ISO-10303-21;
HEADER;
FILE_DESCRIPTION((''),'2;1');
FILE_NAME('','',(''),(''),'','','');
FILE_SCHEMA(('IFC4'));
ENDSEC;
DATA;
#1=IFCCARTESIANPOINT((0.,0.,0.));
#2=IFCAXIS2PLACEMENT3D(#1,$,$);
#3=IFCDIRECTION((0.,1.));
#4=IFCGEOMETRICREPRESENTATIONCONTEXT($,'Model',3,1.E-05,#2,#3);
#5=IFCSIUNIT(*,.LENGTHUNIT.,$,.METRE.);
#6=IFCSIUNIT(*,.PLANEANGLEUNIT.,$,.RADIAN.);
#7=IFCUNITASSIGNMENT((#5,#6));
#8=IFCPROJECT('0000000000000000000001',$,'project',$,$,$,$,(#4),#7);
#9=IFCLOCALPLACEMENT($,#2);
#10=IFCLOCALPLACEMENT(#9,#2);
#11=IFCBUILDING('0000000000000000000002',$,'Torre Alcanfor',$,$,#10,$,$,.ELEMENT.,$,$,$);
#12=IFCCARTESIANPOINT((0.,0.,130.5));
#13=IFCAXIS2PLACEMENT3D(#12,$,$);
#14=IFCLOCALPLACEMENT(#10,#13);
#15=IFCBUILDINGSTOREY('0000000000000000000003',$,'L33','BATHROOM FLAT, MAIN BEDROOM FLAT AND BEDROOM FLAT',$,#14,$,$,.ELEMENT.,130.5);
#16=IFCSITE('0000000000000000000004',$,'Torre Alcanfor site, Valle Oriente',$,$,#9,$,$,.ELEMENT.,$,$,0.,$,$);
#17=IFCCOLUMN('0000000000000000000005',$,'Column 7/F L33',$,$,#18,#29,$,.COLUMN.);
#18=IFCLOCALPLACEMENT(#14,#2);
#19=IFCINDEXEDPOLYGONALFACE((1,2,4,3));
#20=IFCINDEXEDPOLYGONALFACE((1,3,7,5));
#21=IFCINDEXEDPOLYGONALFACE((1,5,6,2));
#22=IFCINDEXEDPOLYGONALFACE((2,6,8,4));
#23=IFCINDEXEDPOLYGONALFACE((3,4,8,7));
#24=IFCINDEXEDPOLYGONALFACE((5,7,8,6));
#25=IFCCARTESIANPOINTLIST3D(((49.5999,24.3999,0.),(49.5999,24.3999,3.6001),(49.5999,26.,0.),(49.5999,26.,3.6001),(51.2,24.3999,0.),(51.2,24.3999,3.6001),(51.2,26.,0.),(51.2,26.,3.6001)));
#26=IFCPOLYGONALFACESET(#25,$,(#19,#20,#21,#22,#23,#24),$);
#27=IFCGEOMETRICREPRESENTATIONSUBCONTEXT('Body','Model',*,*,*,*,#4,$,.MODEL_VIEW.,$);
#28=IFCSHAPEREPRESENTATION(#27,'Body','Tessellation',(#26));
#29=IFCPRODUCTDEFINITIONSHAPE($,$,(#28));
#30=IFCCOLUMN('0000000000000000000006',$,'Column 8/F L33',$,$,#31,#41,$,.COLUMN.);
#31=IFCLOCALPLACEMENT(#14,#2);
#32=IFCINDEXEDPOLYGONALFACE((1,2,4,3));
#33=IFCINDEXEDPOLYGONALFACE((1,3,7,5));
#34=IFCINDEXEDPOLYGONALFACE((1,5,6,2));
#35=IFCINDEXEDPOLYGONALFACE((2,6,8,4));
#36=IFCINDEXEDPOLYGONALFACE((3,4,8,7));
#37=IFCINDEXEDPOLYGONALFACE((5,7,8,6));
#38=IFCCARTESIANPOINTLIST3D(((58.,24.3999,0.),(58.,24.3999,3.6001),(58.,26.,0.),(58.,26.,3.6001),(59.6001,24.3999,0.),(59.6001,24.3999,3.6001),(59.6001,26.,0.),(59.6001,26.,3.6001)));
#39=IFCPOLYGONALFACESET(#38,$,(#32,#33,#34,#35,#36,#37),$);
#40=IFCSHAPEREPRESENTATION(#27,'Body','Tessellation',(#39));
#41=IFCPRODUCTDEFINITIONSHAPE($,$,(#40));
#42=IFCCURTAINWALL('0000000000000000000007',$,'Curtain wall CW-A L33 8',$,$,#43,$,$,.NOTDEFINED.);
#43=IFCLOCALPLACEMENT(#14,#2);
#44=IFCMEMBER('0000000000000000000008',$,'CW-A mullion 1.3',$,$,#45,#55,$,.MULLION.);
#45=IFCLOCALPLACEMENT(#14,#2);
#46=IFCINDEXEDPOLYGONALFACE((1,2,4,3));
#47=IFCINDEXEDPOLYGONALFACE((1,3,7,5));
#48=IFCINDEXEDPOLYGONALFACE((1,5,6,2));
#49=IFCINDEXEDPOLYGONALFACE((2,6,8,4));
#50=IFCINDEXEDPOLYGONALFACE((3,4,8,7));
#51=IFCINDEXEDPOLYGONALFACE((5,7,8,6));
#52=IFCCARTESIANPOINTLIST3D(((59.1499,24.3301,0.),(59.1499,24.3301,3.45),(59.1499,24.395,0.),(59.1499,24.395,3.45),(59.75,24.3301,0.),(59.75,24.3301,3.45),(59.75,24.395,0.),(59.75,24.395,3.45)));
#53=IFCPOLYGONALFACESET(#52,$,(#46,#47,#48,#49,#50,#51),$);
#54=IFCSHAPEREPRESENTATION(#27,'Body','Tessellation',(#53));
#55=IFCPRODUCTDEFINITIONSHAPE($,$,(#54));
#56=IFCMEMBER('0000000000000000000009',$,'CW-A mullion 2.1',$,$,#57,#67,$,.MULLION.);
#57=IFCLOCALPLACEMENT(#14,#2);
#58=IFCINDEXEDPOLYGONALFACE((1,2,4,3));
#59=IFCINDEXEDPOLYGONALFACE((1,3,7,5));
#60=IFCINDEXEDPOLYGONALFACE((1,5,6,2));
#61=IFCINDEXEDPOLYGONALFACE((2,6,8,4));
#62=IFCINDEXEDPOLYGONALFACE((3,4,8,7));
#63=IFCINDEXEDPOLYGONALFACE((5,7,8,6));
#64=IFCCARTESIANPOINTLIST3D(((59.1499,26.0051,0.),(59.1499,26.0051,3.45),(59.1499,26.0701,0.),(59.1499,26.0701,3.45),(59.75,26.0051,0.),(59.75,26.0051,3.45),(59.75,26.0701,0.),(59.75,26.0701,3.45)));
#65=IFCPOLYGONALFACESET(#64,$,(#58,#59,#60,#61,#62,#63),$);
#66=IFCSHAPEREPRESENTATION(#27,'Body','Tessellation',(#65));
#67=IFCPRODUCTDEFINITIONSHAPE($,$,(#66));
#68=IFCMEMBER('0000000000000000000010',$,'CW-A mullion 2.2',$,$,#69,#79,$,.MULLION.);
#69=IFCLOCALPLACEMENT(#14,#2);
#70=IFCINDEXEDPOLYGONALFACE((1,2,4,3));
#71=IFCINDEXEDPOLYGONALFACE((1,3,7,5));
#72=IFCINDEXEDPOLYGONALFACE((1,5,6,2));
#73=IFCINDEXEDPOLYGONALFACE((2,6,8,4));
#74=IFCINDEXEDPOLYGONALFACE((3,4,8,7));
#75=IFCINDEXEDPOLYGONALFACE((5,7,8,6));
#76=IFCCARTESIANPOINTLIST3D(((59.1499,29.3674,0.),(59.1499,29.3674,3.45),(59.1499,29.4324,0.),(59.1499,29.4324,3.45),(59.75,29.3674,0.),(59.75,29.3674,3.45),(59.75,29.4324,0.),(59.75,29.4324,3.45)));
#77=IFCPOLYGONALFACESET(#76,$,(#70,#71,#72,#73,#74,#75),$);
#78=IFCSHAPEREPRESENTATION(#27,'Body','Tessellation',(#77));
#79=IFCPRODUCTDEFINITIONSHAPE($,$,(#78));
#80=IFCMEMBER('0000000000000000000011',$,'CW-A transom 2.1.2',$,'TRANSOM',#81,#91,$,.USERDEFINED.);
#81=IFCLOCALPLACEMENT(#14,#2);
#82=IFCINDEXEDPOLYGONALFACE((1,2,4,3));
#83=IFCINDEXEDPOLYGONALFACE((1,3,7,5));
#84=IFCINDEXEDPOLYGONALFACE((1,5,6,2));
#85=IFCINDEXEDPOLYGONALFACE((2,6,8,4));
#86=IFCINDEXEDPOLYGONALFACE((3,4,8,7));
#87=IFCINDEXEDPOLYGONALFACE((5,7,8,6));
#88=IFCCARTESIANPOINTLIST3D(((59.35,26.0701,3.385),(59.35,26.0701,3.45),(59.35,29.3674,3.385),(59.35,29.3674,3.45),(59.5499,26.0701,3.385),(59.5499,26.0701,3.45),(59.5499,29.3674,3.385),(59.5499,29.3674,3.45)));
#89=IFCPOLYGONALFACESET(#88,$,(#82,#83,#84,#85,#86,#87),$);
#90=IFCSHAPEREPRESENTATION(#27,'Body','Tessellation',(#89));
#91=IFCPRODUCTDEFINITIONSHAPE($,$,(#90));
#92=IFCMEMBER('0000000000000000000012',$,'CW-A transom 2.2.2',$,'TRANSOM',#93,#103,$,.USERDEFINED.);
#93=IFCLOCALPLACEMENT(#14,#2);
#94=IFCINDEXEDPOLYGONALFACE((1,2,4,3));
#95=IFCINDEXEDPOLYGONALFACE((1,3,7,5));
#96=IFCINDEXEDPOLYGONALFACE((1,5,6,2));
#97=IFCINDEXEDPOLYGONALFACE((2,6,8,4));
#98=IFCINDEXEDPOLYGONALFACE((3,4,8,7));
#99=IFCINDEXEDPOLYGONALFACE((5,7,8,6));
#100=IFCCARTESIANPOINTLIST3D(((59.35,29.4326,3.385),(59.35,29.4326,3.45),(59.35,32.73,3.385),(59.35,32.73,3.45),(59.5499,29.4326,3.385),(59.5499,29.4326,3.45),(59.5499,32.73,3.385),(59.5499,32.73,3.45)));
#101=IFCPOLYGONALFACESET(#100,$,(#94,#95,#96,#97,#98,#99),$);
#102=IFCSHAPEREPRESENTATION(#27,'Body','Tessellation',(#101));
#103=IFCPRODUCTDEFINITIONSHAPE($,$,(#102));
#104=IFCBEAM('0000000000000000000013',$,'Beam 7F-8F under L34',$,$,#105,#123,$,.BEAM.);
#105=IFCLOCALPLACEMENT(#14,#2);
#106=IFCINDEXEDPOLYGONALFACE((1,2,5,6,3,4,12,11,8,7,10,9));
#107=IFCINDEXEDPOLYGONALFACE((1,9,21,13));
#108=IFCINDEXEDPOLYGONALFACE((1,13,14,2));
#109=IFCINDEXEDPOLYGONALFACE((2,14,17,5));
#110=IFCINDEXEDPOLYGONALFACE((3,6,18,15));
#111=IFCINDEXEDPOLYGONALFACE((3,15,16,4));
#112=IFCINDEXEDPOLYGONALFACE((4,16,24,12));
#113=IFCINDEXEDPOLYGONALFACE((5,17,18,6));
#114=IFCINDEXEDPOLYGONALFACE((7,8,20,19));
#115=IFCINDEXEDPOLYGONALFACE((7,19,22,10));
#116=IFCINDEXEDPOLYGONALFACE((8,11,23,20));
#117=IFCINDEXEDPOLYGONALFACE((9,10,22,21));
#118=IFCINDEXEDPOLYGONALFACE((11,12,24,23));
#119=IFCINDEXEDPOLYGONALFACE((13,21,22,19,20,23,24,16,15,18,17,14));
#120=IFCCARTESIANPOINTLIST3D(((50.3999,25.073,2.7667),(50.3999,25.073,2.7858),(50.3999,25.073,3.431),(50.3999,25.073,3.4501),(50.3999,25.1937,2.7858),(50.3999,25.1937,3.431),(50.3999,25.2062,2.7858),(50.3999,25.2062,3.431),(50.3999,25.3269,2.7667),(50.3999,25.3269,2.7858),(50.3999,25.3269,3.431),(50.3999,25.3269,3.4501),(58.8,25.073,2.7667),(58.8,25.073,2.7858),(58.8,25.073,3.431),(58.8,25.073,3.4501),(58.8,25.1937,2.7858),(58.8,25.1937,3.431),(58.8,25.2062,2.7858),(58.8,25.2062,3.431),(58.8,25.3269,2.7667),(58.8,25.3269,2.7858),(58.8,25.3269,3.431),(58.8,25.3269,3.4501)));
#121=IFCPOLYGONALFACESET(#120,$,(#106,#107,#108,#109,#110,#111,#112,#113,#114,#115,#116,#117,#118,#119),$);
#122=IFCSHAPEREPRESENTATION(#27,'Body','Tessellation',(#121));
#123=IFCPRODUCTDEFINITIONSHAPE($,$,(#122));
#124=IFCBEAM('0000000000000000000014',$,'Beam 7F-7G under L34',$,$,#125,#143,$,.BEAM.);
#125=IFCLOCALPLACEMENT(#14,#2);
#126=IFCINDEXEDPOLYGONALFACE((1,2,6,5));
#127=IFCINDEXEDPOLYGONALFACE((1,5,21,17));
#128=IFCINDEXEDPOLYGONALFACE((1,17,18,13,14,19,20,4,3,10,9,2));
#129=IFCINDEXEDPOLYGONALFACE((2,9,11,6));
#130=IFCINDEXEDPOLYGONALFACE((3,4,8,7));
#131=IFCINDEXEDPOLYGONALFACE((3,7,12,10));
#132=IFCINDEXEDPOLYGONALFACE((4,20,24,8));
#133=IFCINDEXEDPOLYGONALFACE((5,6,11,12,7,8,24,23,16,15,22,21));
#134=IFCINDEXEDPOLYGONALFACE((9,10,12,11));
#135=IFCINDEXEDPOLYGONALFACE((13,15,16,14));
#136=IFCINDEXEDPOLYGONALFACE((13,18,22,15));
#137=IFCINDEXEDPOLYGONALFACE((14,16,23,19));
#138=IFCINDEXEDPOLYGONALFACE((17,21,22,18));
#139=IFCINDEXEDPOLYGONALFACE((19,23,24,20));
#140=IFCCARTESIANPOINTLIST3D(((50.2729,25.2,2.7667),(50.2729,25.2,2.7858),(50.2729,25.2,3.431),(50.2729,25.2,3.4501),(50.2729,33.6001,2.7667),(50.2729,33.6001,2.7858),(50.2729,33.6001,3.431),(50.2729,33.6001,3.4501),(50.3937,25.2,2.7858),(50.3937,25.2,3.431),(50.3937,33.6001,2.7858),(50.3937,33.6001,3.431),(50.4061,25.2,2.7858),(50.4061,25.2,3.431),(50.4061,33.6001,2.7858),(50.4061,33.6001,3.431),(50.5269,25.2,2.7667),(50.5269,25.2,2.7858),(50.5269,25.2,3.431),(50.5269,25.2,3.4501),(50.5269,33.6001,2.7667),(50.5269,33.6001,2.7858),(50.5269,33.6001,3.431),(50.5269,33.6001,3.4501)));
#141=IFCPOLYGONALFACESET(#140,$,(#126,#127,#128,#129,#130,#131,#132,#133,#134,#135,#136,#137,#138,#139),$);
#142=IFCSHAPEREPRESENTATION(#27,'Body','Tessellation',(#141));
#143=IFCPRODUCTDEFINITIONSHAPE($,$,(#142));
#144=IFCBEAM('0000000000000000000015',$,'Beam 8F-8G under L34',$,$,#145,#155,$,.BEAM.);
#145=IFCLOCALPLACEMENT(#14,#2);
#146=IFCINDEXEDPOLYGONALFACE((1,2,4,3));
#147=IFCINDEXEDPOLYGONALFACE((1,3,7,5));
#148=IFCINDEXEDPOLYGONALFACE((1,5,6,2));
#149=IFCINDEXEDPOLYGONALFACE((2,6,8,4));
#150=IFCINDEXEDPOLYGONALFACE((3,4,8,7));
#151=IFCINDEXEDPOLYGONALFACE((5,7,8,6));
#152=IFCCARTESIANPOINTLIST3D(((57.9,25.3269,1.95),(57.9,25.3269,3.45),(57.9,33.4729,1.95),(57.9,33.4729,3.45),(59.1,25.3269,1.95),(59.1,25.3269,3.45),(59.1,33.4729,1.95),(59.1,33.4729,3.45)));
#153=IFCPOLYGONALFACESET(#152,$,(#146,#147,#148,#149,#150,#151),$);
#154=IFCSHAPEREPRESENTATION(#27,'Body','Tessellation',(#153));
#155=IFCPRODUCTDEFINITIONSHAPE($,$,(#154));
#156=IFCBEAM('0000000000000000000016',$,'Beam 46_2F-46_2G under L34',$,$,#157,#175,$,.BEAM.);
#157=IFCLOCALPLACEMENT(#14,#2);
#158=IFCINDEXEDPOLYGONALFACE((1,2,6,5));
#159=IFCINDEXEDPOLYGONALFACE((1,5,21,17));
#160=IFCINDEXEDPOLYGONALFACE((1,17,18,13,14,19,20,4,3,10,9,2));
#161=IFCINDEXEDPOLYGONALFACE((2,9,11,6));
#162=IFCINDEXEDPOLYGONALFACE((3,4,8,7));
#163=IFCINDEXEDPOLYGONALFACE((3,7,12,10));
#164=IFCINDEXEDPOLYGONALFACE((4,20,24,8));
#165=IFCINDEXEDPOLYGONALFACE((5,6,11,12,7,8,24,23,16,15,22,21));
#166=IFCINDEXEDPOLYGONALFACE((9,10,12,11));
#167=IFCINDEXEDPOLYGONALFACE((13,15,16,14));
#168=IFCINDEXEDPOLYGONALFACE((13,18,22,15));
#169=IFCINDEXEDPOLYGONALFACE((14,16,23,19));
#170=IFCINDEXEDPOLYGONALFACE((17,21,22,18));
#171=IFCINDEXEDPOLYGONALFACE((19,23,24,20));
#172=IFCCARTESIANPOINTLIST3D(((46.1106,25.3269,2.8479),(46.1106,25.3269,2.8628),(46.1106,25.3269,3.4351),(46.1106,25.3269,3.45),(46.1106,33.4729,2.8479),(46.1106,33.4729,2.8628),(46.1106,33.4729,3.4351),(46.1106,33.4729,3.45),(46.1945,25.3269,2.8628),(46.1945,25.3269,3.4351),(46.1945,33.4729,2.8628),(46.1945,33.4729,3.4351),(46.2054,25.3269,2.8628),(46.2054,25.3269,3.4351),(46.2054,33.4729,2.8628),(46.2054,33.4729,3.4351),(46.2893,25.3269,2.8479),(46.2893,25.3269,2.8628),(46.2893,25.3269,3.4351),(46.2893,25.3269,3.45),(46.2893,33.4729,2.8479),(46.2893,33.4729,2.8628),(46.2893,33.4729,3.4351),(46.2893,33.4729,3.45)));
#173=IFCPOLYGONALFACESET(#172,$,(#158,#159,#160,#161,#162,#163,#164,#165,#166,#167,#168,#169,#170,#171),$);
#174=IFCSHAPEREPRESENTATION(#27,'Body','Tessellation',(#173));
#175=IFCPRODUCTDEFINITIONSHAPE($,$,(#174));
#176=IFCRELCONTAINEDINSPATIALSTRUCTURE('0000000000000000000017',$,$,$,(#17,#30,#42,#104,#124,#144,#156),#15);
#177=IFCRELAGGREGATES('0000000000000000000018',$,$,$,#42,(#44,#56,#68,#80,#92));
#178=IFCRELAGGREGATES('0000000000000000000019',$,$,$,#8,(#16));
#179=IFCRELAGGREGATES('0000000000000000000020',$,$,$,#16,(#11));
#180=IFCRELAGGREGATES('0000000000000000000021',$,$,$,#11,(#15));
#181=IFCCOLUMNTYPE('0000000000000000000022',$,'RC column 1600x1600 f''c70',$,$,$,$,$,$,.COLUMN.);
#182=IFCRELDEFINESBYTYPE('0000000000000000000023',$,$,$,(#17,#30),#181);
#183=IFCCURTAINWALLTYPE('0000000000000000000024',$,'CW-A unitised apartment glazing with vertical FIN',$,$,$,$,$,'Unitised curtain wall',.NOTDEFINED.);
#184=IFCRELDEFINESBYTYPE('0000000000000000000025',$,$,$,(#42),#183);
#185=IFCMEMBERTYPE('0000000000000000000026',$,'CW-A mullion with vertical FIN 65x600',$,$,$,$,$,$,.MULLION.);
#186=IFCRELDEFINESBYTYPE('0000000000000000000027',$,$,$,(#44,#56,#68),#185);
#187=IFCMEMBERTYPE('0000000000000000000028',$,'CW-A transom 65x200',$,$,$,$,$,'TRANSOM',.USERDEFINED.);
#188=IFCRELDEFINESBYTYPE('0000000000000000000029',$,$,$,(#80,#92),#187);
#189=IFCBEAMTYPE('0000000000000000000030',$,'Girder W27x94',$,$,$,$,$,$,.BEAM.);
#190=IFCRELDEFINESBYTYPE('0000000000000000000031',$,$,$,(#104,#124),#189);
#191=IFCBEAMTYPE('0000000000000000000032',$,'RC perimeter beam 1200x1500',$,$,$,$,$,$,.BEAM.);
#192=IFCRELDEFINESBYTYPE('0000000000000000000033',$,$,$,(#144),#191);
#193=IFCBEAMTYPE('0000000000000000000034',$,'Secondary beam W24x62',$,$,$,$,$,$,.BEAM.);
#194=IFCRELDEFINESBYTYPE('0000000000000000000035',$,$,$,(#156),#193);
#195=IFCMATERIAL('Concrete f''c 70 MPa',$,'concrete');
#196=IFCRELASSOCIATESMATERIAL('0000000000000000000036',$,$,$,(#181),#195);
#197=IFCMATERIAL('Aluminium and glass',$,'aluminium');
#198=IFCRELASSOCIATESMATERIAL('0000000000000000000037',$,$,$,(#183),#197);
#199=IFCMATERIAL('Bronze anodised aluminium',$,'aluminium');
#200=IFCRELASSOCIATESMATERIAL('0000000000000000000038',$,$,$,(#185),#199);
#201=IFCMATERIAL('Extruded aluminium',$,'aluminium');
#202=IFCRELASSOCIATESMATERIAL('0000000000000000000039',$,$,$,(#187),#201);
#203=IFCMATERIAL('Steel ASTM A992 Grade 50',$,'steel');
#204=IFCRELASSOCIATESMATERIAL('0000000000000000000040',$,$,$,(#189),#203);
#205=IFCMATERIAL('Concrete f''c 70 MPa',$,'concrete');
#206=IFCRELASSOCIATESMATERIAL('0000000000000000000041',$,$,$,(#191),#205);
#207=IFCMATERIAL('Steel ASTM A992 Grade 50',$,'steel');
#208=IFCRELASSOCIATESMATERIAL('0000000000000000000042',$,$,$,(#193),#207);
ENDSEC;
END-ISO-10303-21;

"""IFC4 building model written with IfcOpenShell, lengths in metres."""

from ifc_helpers import new_model, si_unit, direction, frame, origin, origin_2d, place, context, subcontext, project, spatial, rectangle, i_section, extrude, material, material_profile, profile_set, type_object, element, aggregate, save


model = new_model("IFC4")

# Units and contexts
model_context = context("Model", 3, precision=1e-05, world=origin(), true_north=direction((0.0, 1.0)))
body_context = subcontext(model_context, "Body", "Model", "MODEL_VIEW")
ifc_project = project(units=[si_unit("LENGTHUNIT", "METRE"), si_unit("PLANEANGLEUNIT", "RADIAN")], contexts=[model_context])

# Site, building, storey
site_placement = place(None, origin())
site = spatial("IfcSite", under=ifc_project, at=site_placement, Name="Torre Alcanfor site, Valle Oriente", CompositionType="ELEMENT", RefElevation=0.0)
building_placement = place(site_placement, origin())
building = spatial("IfcBuilding", under=site, at=building_placement, Name="Torre Alcanfor", CompositionType="ELEMENT")
storey_placement = place(building_placement, frame((0.0, 0.0, 130.5)))
storey = spatial("IfcBuildingStorey", under=building, at=storey_placement, Name="L33", Description="BATHROOM FLAT, MAIN BEDROOM FLAT AND BEDROOM FLAT", CompositionType="ELEMENT", Elevation=130.5)

# Columns
ifc_material_1 = material(Name="Concrete f'c 70 MPa", Category="concrete")
ifc_material_profile_1 = material_profile(ifc_material_1, rectangle(XDim=1.6001, YDim=1.6001, at=origin_2d()), Name="1600x1600")
ifc_profile_set_1 = profile_set([ifc_material_profile_1], Name="Concrete f'c 70 MPa")
column_type = type_object("IfcColumnType", Name="RC column 1600x1600 f'c70", PredefinedType="COLUMN", material=ifc_profile_set_1)
for number, where, z_axis, x_axis, name in (
    (1, (50.3999, 25.2, 0.0), (0.0, 0.0, 1.0), (1.0, 0.0, 0.0), "Column 7/F L33"),
    (2, (58.8, 25.2, 0.0), (0.0, 0.0, 1.0), (1.0, 0.0, 0.0), "Column 8/F L33"),
):
    element("IfcColumn", number, at=place(storey_placement, frame(where, z_axis=z_axis, x_axis=x_axis)), inside=storey, type_object=column_type, Name=name, PredefinedType="COLUMN", context=body_context, shape_type="SweptSolid", body=[
        extrude(rectangle(XDim=1.6001, YDim=1.6001, at=origin_2d()), origin(), (0.0, 0.0, 1.0), 3.6001),
    ])

# Curtain wall, members
ifc_material_2 = material(Name="Aluminium and glass", Category="aluminium")
curtain_wall_type = type_object("IfcCurtainWallType", Name="CW-A unitised apartment glazing with vertical FIN", ElementType="Unitised curtain wall", PredefinedType="NOTDEFINED", material=ifc_material_2)
curtain_wall_placement = place(storey_placement, origin())
curtain_wall = element("IfcCurtainWall", 3, at=curtain_wall_placement, inside=storey, type_object=curtain_wall_type, Name="Curtain wall CW-A L33 8", PredefinedType="NOTDEFINED")
ifc_material_3 = material(Name="Bronze anodised aluminium", Category="aluminium")
ifc_material_profile_2 = material_profile(ifc_material_3, rectangle(XDim=0.6001, YDim=0.0649, at=origin_2d()), Name="CW-A mullion 65x600")
ifc_profile_set_2 = profile_set([ifc_material_profile_2], Name="Bronze anodised aluminium")
member_type_1 = type_object("IfcMemberType", Name="CW-A mullion with vertical FIN 65x600", PredefinedType="MULLION", material=ifc_profile_set_2)
member_1_placement = place(storey_placement, frame((59.45, 24.3625, 0.0), z_axis=(0.0, 0.0, 1.0), x_axis=(-1.0, 0.0, 0.0)))
member_1 = element("IfcMember", 4, at=member_1_placement, type_object=member_type_1, Name="CW-A mullion 1.3", PredefinedType="MULLION", context=body_context, shape_type="SweptSolid", body=[
    extrude(rectangle(XDim=0.6001, YDim=0.0649, at=origin_2d()), origin(), (0.0, 0.0, 1.0), 3.45),
])
member_2_placement = place(storey_placement, frame((59.45, 26.0376, 0.0), z_axis=(0.0, 0.0, 1.0), x_axis=(-1.0, 0.0, 0.0)))
member_2 = element("IfcMember", 5, at=member_2_placement, type_object=member_type_1, Name="CW-A mullion 2.1", PredefinedType="MULLION", context=body_context, shape_type="SweptSolid", body=[
    extrude(rectangle(XDim=0.6001, YDim=0.0649, at=origin_2d()), origin(), (0.0, 0.0, 1.0), 3.45),
])
member_3_placement = place(storey_placement, frame((59.45, 29.3999, 0.0), z_axis=(0.0, 0.0, 1.0), x_axis=(-1.0, 0.0, 0.0)))
member_3 = element("IfcMember", 6, at=member_3_placement, type_object=member_type_1, Name="CW-A mullion 2.2", PredefinedType="MULLION", context=body_context, shape_type="SweptSolid", body=[
    extrude(rectangle(XDim=0.6001, YDim=0.0649, at=origin_2d()), origin(), (0.0, 0.0, 1.0), 3.45),
])
ifc_material_4 = material(Name="Extruded aluminium", Category="aluminium")
ifc_material_profile_3 = material_profile(ifc_material_4, rectangle(XDim=0.2, YDim=0.0649, at=origin_2d()), Name="CW-A transom 200x65")
ifc_profile_set_3 = profile_set([ifc_material_profile_3], Name="Extruded aluminium")
member_type_2 = type_object("IfcMemberType", Name="CW-A transom 65x200", ElementType="TRANSOM", PredefinedType="USERDEFINED", material=ifc_profile_set_3)
member_4_placement = place(storey_placement, frame((59.45, 26.0701, 3.4175), z_axis=(0.0, 1.0, 0.0), x_axis=(-1.0, 0.0, 0.0)))
member_4 = element("IfcMember", 7, at=member_4_placement, type_object=member_type_2, Name="CW-A transom 2.1.2", ObjectType="TRANSOM", PredefinedType="USERDEFINED", context=body_context, shape_type="SweptSolid", body=[
    extrude(rectangle(XDim=0.2, YDim=0.0649, at=origin_2d()), origin(), (0.0, 0.0, 1.0), 3.2974),
])
member_5_placement = place(storey_placement, frame((59.45, 29.4326, 3.4175), z_axis=(0.0, 1.0, 0.0), x_axis=(-1.0, 0.0, 0.0)))
member_5 = element("IfcMember", 8, at=member_5_placement, type_object=member_type_2, Name="CW-A transom 2.2.2", ObjectType="TRANSOM", PredefinedType="USERDEFINED", context=body_context, shape_type="SweptSolid", body=[
    extrude(rectangle(XDim=0.2, YDim=0.0649, at=origin_2d()), origin(), (0.0, 0.0, 1.0), 3.2974),
])

# Beams
ifc_material_5 = material(Name="Steel ASTM A992 Grade 50", Category="steel")
ifc_material_profile_4 = material_profile(ifc_material_5, i_section(OverallWidth=0.2539, OverallDepth=0.6833, WebThickness=0.0125, FlangeThickness=0.019, at=origin_2d()), Name="W27x94")
ifc_profile_set_4 = profile_set([ifc_material_profile_4], Name="Steel ASTM A992 Grade 50")
beam_type_1 = type_object("IfcBeamType", Name="Girder W27x94", PredefinedType="BEAM", material=ifc_profile_set_4)
for number, where, z_axis, x_axis, name in (
    (9, (50.3999, 25.2, 3.1084), (1.0, 0.0, 0.0), (0.0, 1.0, 0.0), "Beam 7F-8F under L34"),
    (10, (50.3999, 25.2, 3.1084), (0.0, 1.0, 0.0), (-1.0, 0.0, 0.0), "Beam 7F-7G under L34"),
):
    element("IfcBeam", number, at=place(storey_placement, frame(where, z_axis=z_axis, x_axis=x_axis)), inside=storey, type_object=beam_type_1, Name=name, PredefinedType="BEAM", context=body_context, shape_type="SweptSolid", body=[
        extrude(i_section(OverallWidth=0.2539, OverallDepth=0.6833, WebThickness=0.0125, FlangeThickness=0.019, at=origin_2d()), origin(), (0.0, 0.0, 1.0), 8.4001),
    ])
ifc_material_6 = material(Name="Concrete f'c 70 MPa", Category="concrete")
ifc_material_profile_5 = material_profile(ifc_material_6, rectangle(XDim=1.2, YDim=1.5, at=origin_2d()), Name="1200x1500")
ifc_profile_set_5 = profile_set([ifc_material_profile_5], Name="Concrete f'c 70 MPa")
beam_type_2 = type_object("IfcBeamType", Name="RC perimeter beam 1200x1500", PredefinedType="BEAM", material=ifc_profile_set_5)
beam_placement = place(storey_placement, frame((58.5, 25.3269, 2.7), z_axis=(0.0, 1.0, 0.0), x_axis=(-1.0, 0.0, 0.0)))
element("IfcBeam", 11, at=beam_placement, inside=storey, type_object=beam_type_2, Name="Beam 8F-8G under L34", PredefinedType="BEAM", context=body_context, shape_type="SweptSolid", body=[
    extrude(rectangle(XDim=1.2, YDim=1.5, at=origin_2d()), origin(), (0.0, 0.0, 1.0), 8.146),
])
ifc_material_7 = material(Name="Steel ASTM A992 Grade 50", Category="steel")
ifc_material_profile_6 = material_profile(ifc_material_7, i_section(OverallWidth=0.1787, OverallDepth=0.6021, WebThickness=0.011, FlangeThickness=0.0149, at=origin_2d()), Name="W24x62")
ifc_profile_set_6 = profile_set([ifc_material_profile_6], Name="Steel ASTM A992 Grade 50")
beam_type_3 = type_object("IfcBeamType", Name="Secondary beam W24x62", PredefinedType="BEAM", material=ifc_profile_set_6)
for number, where, z_axis, x_axis, name in (
    (12, (46.2, 25.3269, 3.1489), (0.0, 1.0, 0.0), (-1.0, 0.0, 0.0), "Beam 46_2F-46_2G under L34"),
):
    element("IfcBeam", number, at=place(storey_placement, frame(where, z_axis=z_axis, x_axis=x_axis)), inside=storey, type_object=beam_type_3, Name=name, PredefinedType="BEAM", context=body_context, shape_type="SweptSolid", body=[
        extrude(i_section(OverallWidth=0.1787, OverallDepth=0.6021, WebThickness=0.011, FlangeThickness=0.0149, at=origin_2d()), origin(), (0.0, 0.0, 1.0), 8.146),
    ])

aggregate(curtain_wall, [member_1, member_2, member_3, member_4, member_5])

save(model, "model.ifc")
